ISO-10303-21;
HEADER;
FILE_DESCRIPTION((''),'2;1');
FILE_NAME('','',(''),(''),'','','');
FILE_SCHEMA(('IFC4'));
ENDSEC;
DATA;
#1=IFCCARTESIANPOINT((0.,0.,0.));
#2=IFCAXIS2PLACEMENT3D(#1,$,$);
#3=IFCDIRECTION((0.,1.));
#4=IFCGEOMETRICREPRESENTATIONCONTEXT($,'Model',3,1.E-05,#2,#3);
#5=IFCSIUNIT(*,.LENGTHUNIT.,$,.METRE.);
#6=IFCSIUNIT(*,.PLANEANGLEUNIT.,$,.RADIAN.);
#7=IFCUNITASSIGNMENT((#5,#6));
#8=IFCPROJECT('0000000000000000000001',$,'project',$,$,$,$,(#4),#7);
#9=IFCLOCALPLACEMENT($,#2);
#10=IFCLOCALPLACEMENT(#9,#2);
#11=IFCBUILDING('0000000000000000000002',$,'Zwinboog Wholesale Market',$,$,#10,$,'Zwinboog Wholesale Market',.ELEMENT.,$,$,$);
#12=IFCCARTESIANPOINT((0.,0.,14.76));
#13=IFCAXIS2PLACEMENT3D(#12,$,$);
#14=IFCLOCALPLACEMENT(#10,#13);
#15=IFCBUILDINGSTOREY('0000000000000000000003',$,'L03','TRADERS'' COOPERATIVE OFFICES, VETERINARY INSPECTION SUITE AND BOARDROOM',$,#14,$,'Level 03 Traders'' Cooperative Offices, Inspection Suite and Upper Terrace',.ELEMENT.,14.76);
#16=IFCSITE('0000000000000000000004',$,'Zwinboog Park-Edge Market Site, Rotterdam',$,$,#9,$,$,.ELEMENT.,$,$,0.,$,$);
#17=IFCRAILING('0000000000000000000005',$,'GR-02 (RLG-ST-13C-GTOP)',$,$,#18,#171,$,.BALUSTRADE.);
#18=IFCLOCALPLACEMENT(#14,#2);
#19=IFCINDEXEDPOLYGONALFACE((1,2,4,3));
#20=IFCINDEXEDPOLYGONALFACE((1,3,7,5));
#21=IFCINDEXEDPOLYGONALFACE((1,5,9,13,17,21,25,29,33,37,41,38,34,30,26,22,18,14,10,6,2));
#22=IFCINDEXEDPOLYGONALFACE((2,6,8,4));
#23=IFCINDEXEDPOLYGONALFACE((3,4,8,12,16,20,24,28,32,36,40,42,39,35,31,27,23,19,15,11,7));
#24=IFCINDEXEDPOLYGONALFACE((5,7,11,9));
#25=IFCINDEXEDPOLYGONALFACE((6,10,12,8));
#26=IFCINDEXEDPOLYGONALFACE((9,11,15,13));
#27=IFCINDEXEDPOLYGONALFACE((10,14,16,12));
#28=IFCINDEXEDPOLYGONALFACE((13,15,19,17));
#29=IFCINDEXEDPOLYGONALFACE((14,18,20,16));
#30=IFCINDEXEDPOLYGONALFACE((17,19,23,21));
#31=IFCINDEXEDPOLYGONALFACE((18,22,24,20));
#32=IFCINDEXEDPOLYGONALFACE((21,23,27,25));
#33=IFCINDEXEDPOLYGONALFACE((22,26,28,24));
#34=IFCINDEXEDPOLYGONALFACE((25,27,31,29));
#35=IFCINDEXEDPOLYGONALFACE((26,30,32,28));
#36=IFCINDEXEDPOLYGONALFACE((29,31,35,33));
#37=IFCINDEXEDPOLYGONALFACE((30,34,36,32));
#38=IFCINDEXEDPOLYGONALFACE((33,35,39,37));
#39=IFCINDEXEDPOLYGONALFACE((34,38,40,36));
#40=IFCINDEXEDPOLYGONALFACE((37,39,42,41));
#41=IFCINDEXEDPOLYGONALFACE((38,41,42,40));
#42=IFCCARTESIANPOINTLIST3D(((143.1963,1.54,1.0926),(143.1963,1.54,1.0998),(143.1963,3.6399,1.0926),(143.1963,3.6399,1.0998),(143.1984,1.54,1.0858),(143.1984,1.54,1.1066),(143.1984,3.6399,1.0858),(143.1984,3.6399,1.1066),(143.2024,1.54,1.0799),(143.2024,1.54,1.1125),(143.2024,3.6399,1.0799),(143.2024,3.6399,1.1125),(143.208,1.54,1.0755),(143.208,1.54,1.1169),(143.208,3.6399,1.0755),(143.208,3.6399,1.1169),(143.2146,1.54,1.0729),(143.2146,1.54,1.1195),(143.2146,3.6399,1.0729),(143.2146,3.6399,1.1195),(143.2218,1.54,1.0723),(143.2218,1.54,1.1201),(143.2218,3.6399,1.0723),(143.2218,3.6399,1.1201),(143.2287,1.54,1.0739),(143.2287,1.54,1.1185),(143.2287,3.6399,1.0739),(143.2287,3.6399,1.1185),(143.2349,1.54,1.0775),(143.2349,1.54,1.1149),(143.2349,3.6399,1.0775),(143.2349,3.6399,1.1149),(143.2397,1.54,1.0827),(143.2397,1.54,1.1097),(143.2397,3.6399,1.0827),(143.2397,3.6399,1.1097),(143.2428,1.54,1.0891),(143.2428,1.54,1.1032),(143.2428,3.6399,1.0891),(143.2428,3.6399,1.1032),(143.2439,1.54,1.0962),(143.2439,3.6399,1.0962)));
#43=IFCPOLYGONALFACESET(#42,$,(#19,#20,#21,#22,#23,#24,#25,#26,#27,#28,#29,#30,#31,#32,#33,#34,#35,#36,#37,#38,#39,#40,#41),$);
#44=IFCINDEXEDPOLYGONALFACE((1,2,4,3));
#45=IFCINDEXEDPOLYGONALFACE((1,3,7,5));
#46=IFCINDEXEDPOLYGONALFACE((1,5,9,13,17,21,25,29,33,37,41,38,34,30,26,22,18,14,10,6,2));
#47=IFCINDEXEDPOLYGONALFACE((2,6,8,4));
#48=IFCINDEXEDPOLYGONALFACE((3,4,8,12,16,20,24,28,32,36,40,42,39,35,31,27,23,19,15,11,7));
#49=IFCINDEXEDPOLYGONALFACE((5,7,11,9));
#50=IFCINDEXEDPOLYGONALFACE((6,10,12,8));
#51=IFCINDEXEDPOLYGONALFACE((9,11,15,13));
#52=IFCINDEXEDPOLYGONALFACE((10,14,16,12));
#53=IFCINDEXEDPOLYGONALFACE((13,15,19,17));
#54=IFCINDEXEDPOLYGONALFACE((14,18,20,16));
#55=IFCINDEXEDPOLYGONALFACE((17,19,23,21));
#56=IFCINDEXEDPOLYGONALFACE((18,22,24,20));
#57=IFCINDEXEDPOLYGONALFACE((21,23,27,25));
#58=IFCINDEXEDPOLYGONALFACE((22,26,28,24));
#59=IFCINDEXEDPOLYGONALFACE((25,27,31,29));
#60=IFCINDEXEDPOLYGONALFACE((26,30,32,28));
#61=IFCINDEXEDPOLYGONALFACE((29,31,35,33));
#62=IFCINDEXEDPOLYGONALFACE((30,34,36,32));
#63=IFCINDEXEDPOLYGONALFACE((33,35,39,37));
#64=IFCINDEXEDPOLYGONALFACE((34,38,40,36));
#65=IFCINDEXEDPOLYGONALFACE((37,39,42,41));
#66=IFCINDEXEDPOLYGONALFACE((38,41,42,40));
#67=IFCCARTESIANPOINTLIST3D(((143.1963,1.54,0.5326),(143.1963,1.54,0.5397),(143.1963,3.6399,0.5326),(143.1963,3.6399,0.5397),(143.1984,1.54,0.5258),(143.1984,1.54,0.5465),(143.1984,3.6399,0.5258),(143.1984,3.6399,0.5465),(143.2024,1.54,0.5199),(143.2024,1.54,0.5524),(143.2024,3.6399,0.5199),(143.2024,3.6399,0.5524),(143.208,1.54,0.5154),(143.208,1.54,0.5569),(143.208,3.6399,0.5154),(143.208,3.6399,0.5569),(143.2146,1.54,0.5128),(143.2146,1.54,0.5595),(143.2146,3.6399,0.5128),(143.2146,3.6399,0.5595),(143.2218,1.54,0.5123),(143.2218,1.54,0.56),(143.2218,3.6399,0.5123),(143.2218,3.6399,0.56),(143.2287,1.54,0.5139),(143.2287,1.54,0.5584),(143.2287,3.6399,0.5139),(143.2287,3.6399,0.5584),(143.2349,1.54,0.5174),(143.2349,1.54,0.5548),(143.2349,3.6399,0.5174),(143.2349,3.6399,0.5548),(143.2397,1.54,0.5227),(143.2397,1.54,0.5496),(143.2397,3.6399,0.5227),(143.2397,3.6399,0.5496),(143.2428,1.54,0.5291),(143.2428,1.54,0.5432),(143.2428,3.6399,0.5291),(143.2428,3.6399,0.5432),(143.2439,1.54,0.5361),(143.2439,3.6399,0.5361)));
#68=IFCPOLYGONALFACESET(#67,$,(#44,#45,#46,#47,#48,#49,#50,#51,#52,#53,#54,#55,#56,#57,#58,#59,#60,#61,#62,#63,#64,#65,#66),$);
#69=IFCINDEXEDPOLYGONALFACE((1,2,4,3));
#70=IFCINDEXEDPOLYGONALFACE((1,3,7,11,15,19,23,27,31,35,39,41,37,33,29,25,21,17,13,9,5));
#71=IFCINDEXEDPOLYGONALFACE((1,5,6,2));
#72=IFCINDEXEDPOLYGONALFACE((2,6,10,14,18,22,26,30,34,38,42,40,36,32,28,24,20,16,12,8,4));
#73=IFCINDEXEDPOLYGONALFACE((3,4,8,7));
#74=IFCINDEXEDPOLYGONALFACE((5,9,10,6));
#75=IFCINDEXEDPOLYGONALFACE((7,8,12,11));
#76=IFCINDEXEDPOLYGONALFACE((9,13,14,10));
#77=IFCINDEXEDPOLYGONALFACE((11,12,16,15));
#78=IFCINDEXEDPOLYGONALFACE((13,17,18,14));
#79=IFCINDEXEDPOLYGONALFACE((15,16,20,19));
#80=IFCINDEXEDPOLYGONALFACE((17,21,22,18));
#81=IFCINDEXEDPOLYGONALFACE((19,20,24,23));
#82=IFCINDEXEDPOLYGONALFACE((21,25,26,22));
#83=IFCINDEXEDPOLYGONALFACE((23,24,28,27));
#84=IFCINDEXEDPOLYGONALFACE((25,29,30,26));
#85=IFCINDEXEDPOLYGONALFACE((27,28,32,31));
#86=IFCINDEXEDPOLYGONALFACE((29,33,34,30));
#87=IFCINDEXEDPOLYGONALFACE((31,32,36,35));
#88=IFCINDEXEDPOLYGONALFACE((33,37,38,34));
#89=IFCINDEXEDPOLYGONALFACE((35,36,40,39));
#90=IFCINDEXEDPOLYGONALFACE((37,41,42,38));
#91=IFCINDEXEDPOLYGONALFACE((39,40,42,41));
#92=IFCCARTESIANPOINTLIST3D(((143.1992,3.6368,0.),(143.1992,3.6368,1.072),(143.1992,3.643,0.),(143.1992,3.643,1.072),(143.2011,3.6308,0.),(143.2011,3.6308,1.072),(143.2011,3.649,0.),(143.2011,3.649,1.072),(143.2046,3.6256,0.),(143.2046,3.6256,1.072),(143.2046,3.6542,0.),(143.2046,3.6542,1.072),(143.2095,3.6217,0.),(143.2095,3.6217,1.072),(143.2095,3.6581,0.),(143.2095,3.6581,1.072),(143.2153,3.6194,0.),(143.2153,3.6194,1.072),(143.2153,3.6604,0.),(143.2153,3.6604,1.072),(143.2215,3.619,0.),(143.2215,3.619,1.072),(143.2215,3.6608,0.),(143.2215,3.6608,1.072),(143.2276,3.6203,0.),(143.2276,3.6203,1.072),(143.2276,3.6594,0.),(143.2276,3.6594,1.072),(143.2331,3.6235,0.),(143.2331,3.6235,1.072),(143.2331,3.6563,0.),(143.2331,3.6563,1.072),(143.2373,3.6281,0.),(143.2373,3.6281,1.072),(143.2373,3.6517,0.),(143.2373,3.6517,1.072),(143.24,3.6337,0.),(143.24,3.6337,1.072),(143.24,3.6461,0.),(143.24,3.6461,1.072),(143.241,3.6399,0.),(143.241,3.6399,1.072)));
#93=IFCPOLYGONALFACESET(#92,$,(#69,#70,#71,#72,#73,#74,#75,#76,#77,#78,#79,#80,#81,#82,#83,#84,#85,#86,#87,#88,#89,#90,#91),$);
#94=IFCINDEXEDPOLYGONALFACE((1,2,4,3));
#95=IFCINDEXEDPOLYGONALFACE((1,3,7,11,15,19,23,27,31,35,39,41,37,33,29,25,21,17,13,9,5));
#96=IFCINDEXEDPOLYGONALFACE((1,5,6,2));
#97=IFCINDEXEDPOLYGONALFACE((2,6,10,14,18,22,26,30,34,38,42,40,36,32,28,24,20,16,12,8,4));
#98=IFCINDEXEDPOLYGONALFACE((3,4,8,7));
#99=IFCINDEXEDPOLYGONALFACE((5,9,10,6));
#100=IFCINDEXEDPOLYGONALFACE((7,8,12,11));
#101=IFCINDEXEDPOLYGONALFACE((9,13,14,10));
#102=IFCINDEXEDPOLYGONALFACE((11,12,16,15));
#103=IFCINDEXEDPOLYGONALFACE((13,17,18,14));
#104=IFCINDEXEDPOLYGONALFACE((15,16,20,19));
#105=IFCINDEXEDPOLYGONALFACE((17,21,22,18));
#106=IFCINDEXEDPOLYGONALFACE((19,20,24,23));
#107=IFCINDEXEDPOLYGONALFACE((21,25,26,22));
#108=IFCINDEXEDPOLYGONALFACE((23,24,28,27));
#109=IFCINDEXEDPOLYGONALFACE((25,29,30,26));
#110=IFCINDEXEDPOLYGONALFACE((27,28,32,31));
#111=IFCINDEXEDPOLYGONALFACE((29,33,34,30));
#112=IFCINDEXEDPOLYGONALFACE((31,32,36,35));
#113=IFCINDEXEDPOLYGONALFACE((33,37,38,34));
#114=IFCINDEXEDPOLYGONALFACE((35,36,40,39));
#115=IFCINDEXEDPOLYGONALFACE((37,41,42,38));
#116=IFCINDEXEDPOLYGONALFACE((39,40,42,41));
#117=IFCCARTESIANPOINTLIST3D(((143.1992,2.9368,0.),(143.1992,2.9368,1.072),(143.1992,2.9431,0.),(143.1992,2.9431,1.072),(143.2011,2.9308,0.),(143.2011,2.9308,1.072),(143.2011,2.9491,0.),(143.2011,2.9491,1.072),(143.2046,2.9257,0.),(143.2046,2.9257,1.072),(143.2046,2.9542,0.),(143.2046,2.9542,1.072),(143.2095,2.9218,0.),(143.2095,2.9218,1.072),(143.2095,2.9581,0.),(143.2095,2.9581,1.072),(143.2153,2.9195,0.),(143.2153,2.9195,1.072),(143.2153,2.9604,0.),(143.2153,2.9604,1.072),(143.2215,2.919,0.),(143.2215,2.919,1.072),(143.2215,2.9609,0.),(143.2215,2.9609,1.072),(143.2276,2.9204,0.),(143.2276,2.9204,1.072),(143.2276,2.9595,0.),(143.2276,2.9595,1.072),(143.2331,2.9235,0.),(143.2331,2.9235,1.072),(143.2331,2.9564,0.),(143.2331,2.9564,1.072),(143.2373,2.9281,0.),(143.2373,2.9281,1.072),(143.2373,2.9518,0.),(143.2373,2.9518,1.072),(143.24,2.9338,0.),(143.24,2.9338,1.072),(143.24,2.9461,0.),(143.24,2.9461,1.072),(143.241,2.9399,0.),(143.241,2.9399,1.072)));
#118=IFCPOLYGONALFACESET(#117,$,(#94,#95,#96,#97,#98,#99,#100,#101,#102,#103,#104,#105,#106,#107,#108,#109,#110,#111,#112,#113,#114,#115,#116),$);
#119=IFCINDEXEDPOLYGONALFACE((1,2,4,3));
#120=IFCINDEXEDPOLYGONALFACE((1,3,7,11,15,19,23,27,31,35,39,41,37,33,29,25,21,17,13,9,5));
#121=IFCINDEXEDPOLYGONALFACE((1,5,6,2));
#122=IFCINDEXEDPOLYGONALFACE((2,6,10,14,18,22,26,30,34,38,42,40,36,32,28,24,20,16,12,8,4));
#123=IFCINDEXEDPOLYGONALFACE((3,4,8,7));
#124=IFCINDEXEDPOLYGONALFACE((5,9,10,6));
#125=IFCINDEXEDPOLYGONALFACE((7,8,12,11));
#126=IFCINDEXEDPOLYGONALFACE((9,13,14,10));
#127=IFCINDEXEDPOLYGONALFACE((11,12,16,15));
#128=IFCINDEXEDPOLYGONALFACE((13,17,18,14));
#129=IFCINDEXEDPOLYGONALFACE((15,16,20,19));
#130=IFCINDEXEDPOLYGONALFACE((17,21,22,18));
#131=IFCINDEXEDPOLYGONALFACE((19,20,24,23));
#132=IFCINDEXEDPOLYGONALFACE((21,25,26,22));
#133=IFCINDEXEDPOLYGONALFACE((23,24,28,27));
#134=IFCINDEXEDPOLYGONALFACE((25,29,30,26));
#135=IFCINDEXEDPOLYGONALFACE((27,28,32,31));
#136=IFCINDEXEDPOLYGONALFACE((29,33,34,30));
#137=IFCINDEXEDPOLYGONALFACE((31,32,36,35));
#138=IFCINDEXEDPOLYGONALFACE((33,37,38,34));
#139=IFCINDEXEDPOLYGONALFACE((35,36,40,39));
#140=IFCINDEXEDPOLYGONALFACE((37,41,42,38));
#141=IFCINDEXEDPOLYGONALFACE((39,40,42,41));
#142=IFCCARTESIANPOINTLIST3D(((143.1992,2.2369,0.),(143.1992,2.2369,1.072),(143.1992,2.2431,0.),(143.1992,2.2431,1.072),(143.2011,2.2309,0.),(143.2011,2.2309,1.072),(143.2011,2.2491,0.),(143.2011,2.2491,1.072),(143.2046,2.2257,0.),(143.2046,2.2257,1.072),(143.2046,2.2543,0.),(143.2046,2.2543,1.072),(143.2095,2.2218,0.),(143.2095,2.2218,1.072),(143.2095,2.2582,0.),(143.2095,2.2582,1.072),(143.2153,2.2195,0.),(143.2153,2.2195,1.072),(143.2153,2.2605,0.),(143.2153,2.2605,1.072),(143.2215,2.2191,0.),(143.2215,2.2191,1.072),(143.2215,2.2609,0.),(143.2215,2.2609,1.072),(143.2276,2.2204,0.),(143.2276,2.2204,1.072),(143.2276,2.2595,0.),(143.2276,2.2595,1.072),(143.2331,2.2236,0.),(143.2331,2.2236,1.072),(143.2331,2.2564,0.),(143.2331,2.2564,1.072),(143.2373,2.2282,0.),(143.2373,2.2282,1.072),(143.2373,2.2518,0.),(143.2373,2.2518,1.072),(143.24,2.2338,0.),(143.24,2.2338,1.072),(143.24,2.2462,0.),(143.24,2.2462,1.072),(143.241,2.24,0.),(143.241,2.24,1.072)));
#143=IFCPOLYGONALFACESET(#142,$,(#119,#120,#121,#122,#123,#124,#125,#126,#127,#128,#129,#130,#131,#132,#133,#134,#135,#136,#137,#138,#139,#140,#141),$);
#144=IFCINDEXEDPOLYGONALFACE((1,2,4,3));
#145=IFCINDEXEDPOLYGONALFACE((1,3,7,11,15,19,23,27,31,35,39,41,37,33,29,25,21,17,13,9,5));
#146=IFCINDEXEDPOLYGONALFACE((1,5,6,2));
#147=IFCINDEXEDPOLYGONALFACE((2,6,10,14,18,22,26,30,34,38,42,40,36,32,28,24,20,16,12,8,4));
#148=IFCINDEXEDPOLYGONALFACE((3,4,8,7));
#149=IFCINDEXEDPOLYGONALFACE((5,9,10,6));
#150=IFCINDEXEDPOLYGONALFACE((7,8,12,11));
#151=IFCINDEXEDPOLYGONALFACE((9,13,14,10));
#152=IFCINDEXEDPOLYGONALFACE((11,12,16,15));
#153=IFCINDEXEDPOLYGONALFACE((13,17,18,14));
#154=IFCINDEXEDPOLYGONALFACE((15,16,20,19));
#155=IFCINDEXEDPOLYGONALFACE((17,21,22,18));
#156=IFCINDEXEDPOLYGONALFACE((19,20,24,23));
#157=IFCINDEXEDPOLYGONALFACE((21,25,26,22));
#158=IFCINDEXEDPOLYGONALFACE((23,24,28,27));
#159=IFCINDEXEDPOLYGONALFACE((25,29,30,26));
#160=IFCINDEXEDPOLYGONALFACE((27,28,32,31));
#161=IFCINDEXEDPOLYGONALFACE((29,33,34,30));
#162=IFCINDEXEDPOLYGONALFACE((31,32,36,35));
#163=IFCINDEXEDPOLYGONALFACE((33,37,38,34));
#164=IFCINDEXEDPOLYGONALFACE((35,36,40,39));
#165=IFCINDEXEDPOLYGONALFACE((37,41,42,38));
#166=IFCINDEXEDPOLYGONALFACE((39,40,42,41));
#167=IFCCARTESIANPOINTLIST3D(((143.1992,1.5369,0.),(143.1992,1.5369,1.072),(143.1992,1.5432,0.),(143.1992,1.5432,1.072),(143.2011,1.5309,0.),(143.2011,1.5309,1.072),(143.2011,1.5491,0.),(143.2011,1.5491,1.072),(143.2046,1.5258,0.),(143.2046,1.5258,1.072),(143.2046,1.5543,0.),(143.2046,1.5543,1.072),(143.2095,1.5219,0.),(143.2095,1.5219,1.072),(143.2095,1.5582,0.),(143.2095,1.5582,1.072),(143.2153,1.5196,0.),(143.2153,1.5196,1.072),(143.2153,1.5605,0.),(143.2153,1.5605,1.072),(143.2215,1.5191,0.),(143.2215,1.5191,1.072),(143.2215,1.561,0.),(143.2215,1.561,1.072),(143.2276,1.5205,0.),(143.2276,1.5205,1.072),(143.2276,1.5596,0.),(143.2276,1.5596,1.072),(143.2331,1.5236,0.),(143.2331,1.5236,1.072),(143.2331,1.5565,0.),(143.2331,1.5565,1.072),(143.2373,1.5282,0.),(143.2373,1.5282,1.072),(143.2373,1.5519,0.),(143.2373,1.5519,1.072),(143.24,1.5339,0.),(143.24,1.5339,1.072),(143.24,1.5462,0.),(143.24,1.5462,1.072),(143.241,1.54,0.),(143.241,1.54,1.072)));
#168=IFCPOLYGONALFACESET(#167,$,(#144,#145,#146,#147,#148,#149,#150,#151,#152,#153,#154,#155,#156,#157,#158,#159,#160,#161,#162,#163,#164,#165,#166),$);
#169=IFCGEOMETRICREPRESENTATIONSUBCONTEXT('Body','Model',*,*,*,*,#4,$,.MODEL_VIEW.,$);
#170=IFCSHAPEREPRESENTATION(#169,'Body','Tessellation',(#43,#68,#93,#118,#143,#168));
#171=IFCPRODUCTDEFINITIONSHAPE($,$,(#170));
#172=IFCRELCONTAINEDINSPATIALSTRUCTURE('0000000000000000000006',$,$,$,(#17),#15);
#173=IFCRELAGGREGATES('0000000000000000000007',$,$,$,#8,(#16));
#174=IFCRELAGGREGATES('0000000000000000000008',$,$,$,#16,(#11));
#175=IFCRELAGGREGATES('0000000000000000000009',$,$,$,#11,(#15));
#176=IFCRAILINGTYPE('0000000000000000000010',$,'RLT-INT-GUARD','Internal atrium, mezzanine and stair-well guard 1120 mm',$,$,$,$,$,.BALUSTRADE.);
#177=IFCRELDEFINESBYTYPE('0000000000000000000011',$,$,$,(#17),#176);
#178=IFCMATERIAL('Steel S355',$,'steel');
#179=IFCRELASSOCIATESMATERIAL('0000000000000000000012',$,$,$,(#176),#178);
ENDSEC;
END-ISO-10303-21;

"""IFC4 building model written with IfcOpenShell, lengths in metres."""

from ifc_helpers import new_model, si_unit, direction, frame, origin, origin_2d, place, context, subcontext, project, spatial, circle, extrude, material, type_object, element, save


model = new_model("IFC4")

# Units and contexts
model_context = context("Model", 3, precision=1e-05, world=origin(), true_north=direction((0.0, 1.0)))
body_context = subcontext(model_context, "Body", "Model", "MODEL_VIEW")
ifc_project = project(units=[si_unit("LENGTHUNIT", "METRE"), si_unit("PLANEANGLEUNIT", "RADIAN")], contexts=[model_context])

# Site, building, storey
site_placement = place(None, origin())
site = spatial("IfcSite", under=ifc_project, at=site_placement, Name="Zwinboog Park-Edge Market Site, Rotterdam", CompositionType="ELEMENT", RefElevation=0.0)
building_placement = place(site_placement, origin())
building = spatial("IfcBuilding", under=site, at=building_placement, Name="Zwinboog Wholesale Market", LongName="Zwinboog Wholesale Market", CompositionType="ELEMENT")
storey_placement = place(building_placement, frame((0.0, 0.0, 14.76)))
storey = spatial("IfcBuildingStorey", under=building, at=storey_placement, Name="L03", Description="TRADERS' COOPERATIVE OFFICES, VETERINARY INSPECTION SUITE AND BOARDROOM", LongName="Level 03 Traders' Cooperative Offices, Inspection Suite and Upper Terrace", CompositionType="ELEMENT", Elevation=14.76)

# Shared definitions
ifc_material_1 = material(Name="Steel S355", Category="steel")

# Railing
railing_type = type_object("IfcRailingType", Name="RLT-INT-GUARD", Description="Internal atrium, mezzanine and stair-well guard 1120 mm", PredefinedType="BALUSTRADE", material=ifc_material_1)
railing_placement = place(storey_placement, frame((143.22, 3.6399, 0.0)))
element("IfcRailing", 1, at=railing_placement, inside=storey, type_object=railing_type, Name="GR-02 (RLG-ST-13C-GTOP)", PredefinedType="BALUSTRADE", context=body_context, shape_type="SweptSolid", body=[
    extrude(circle(Radius=0.0239, at=origin_2d()), frame((0.0, 0.0, 1.0962), z_axis=(0.0, -1.0, 0.0), x_axis=(1.0, 0.0, 0.0)), (0.0, 0.0, 1.0), 2.0999),
    extrude(circle(Radius=0.0239, at=origin_2d()), frame((0.0, 0.0, 0.5361), z_axis=(0.0, -1.0, 0.0), x_axis=(1.0, 0.0, 0.0)), (0.0, 0.0, 1.0), 2.0999),
    extrude(circle(Radius=0.021, at=origin_2d()), origin(), (0.0, 0.0, 1.0), 1.072),
    extrude(circle(Radius=0.021, at=origin_2d()), frame((0.0, -0.7, 0.0)), (0.0, 0.0, 1.0), 1.072),
    extrude(circle(Radius=0.021, at=origin_2d()), frame((0.0, -1.3999, 0.0)), (0.0, 0.0, 1.0), 1.072),
    extrude(circle(Radius=0.021, at=origin_2d()), frame((0.0, -2.0999, 0.0)), (0.0, 0.0, 1.0), 1.072),
])

save(model, "model.ifc")
